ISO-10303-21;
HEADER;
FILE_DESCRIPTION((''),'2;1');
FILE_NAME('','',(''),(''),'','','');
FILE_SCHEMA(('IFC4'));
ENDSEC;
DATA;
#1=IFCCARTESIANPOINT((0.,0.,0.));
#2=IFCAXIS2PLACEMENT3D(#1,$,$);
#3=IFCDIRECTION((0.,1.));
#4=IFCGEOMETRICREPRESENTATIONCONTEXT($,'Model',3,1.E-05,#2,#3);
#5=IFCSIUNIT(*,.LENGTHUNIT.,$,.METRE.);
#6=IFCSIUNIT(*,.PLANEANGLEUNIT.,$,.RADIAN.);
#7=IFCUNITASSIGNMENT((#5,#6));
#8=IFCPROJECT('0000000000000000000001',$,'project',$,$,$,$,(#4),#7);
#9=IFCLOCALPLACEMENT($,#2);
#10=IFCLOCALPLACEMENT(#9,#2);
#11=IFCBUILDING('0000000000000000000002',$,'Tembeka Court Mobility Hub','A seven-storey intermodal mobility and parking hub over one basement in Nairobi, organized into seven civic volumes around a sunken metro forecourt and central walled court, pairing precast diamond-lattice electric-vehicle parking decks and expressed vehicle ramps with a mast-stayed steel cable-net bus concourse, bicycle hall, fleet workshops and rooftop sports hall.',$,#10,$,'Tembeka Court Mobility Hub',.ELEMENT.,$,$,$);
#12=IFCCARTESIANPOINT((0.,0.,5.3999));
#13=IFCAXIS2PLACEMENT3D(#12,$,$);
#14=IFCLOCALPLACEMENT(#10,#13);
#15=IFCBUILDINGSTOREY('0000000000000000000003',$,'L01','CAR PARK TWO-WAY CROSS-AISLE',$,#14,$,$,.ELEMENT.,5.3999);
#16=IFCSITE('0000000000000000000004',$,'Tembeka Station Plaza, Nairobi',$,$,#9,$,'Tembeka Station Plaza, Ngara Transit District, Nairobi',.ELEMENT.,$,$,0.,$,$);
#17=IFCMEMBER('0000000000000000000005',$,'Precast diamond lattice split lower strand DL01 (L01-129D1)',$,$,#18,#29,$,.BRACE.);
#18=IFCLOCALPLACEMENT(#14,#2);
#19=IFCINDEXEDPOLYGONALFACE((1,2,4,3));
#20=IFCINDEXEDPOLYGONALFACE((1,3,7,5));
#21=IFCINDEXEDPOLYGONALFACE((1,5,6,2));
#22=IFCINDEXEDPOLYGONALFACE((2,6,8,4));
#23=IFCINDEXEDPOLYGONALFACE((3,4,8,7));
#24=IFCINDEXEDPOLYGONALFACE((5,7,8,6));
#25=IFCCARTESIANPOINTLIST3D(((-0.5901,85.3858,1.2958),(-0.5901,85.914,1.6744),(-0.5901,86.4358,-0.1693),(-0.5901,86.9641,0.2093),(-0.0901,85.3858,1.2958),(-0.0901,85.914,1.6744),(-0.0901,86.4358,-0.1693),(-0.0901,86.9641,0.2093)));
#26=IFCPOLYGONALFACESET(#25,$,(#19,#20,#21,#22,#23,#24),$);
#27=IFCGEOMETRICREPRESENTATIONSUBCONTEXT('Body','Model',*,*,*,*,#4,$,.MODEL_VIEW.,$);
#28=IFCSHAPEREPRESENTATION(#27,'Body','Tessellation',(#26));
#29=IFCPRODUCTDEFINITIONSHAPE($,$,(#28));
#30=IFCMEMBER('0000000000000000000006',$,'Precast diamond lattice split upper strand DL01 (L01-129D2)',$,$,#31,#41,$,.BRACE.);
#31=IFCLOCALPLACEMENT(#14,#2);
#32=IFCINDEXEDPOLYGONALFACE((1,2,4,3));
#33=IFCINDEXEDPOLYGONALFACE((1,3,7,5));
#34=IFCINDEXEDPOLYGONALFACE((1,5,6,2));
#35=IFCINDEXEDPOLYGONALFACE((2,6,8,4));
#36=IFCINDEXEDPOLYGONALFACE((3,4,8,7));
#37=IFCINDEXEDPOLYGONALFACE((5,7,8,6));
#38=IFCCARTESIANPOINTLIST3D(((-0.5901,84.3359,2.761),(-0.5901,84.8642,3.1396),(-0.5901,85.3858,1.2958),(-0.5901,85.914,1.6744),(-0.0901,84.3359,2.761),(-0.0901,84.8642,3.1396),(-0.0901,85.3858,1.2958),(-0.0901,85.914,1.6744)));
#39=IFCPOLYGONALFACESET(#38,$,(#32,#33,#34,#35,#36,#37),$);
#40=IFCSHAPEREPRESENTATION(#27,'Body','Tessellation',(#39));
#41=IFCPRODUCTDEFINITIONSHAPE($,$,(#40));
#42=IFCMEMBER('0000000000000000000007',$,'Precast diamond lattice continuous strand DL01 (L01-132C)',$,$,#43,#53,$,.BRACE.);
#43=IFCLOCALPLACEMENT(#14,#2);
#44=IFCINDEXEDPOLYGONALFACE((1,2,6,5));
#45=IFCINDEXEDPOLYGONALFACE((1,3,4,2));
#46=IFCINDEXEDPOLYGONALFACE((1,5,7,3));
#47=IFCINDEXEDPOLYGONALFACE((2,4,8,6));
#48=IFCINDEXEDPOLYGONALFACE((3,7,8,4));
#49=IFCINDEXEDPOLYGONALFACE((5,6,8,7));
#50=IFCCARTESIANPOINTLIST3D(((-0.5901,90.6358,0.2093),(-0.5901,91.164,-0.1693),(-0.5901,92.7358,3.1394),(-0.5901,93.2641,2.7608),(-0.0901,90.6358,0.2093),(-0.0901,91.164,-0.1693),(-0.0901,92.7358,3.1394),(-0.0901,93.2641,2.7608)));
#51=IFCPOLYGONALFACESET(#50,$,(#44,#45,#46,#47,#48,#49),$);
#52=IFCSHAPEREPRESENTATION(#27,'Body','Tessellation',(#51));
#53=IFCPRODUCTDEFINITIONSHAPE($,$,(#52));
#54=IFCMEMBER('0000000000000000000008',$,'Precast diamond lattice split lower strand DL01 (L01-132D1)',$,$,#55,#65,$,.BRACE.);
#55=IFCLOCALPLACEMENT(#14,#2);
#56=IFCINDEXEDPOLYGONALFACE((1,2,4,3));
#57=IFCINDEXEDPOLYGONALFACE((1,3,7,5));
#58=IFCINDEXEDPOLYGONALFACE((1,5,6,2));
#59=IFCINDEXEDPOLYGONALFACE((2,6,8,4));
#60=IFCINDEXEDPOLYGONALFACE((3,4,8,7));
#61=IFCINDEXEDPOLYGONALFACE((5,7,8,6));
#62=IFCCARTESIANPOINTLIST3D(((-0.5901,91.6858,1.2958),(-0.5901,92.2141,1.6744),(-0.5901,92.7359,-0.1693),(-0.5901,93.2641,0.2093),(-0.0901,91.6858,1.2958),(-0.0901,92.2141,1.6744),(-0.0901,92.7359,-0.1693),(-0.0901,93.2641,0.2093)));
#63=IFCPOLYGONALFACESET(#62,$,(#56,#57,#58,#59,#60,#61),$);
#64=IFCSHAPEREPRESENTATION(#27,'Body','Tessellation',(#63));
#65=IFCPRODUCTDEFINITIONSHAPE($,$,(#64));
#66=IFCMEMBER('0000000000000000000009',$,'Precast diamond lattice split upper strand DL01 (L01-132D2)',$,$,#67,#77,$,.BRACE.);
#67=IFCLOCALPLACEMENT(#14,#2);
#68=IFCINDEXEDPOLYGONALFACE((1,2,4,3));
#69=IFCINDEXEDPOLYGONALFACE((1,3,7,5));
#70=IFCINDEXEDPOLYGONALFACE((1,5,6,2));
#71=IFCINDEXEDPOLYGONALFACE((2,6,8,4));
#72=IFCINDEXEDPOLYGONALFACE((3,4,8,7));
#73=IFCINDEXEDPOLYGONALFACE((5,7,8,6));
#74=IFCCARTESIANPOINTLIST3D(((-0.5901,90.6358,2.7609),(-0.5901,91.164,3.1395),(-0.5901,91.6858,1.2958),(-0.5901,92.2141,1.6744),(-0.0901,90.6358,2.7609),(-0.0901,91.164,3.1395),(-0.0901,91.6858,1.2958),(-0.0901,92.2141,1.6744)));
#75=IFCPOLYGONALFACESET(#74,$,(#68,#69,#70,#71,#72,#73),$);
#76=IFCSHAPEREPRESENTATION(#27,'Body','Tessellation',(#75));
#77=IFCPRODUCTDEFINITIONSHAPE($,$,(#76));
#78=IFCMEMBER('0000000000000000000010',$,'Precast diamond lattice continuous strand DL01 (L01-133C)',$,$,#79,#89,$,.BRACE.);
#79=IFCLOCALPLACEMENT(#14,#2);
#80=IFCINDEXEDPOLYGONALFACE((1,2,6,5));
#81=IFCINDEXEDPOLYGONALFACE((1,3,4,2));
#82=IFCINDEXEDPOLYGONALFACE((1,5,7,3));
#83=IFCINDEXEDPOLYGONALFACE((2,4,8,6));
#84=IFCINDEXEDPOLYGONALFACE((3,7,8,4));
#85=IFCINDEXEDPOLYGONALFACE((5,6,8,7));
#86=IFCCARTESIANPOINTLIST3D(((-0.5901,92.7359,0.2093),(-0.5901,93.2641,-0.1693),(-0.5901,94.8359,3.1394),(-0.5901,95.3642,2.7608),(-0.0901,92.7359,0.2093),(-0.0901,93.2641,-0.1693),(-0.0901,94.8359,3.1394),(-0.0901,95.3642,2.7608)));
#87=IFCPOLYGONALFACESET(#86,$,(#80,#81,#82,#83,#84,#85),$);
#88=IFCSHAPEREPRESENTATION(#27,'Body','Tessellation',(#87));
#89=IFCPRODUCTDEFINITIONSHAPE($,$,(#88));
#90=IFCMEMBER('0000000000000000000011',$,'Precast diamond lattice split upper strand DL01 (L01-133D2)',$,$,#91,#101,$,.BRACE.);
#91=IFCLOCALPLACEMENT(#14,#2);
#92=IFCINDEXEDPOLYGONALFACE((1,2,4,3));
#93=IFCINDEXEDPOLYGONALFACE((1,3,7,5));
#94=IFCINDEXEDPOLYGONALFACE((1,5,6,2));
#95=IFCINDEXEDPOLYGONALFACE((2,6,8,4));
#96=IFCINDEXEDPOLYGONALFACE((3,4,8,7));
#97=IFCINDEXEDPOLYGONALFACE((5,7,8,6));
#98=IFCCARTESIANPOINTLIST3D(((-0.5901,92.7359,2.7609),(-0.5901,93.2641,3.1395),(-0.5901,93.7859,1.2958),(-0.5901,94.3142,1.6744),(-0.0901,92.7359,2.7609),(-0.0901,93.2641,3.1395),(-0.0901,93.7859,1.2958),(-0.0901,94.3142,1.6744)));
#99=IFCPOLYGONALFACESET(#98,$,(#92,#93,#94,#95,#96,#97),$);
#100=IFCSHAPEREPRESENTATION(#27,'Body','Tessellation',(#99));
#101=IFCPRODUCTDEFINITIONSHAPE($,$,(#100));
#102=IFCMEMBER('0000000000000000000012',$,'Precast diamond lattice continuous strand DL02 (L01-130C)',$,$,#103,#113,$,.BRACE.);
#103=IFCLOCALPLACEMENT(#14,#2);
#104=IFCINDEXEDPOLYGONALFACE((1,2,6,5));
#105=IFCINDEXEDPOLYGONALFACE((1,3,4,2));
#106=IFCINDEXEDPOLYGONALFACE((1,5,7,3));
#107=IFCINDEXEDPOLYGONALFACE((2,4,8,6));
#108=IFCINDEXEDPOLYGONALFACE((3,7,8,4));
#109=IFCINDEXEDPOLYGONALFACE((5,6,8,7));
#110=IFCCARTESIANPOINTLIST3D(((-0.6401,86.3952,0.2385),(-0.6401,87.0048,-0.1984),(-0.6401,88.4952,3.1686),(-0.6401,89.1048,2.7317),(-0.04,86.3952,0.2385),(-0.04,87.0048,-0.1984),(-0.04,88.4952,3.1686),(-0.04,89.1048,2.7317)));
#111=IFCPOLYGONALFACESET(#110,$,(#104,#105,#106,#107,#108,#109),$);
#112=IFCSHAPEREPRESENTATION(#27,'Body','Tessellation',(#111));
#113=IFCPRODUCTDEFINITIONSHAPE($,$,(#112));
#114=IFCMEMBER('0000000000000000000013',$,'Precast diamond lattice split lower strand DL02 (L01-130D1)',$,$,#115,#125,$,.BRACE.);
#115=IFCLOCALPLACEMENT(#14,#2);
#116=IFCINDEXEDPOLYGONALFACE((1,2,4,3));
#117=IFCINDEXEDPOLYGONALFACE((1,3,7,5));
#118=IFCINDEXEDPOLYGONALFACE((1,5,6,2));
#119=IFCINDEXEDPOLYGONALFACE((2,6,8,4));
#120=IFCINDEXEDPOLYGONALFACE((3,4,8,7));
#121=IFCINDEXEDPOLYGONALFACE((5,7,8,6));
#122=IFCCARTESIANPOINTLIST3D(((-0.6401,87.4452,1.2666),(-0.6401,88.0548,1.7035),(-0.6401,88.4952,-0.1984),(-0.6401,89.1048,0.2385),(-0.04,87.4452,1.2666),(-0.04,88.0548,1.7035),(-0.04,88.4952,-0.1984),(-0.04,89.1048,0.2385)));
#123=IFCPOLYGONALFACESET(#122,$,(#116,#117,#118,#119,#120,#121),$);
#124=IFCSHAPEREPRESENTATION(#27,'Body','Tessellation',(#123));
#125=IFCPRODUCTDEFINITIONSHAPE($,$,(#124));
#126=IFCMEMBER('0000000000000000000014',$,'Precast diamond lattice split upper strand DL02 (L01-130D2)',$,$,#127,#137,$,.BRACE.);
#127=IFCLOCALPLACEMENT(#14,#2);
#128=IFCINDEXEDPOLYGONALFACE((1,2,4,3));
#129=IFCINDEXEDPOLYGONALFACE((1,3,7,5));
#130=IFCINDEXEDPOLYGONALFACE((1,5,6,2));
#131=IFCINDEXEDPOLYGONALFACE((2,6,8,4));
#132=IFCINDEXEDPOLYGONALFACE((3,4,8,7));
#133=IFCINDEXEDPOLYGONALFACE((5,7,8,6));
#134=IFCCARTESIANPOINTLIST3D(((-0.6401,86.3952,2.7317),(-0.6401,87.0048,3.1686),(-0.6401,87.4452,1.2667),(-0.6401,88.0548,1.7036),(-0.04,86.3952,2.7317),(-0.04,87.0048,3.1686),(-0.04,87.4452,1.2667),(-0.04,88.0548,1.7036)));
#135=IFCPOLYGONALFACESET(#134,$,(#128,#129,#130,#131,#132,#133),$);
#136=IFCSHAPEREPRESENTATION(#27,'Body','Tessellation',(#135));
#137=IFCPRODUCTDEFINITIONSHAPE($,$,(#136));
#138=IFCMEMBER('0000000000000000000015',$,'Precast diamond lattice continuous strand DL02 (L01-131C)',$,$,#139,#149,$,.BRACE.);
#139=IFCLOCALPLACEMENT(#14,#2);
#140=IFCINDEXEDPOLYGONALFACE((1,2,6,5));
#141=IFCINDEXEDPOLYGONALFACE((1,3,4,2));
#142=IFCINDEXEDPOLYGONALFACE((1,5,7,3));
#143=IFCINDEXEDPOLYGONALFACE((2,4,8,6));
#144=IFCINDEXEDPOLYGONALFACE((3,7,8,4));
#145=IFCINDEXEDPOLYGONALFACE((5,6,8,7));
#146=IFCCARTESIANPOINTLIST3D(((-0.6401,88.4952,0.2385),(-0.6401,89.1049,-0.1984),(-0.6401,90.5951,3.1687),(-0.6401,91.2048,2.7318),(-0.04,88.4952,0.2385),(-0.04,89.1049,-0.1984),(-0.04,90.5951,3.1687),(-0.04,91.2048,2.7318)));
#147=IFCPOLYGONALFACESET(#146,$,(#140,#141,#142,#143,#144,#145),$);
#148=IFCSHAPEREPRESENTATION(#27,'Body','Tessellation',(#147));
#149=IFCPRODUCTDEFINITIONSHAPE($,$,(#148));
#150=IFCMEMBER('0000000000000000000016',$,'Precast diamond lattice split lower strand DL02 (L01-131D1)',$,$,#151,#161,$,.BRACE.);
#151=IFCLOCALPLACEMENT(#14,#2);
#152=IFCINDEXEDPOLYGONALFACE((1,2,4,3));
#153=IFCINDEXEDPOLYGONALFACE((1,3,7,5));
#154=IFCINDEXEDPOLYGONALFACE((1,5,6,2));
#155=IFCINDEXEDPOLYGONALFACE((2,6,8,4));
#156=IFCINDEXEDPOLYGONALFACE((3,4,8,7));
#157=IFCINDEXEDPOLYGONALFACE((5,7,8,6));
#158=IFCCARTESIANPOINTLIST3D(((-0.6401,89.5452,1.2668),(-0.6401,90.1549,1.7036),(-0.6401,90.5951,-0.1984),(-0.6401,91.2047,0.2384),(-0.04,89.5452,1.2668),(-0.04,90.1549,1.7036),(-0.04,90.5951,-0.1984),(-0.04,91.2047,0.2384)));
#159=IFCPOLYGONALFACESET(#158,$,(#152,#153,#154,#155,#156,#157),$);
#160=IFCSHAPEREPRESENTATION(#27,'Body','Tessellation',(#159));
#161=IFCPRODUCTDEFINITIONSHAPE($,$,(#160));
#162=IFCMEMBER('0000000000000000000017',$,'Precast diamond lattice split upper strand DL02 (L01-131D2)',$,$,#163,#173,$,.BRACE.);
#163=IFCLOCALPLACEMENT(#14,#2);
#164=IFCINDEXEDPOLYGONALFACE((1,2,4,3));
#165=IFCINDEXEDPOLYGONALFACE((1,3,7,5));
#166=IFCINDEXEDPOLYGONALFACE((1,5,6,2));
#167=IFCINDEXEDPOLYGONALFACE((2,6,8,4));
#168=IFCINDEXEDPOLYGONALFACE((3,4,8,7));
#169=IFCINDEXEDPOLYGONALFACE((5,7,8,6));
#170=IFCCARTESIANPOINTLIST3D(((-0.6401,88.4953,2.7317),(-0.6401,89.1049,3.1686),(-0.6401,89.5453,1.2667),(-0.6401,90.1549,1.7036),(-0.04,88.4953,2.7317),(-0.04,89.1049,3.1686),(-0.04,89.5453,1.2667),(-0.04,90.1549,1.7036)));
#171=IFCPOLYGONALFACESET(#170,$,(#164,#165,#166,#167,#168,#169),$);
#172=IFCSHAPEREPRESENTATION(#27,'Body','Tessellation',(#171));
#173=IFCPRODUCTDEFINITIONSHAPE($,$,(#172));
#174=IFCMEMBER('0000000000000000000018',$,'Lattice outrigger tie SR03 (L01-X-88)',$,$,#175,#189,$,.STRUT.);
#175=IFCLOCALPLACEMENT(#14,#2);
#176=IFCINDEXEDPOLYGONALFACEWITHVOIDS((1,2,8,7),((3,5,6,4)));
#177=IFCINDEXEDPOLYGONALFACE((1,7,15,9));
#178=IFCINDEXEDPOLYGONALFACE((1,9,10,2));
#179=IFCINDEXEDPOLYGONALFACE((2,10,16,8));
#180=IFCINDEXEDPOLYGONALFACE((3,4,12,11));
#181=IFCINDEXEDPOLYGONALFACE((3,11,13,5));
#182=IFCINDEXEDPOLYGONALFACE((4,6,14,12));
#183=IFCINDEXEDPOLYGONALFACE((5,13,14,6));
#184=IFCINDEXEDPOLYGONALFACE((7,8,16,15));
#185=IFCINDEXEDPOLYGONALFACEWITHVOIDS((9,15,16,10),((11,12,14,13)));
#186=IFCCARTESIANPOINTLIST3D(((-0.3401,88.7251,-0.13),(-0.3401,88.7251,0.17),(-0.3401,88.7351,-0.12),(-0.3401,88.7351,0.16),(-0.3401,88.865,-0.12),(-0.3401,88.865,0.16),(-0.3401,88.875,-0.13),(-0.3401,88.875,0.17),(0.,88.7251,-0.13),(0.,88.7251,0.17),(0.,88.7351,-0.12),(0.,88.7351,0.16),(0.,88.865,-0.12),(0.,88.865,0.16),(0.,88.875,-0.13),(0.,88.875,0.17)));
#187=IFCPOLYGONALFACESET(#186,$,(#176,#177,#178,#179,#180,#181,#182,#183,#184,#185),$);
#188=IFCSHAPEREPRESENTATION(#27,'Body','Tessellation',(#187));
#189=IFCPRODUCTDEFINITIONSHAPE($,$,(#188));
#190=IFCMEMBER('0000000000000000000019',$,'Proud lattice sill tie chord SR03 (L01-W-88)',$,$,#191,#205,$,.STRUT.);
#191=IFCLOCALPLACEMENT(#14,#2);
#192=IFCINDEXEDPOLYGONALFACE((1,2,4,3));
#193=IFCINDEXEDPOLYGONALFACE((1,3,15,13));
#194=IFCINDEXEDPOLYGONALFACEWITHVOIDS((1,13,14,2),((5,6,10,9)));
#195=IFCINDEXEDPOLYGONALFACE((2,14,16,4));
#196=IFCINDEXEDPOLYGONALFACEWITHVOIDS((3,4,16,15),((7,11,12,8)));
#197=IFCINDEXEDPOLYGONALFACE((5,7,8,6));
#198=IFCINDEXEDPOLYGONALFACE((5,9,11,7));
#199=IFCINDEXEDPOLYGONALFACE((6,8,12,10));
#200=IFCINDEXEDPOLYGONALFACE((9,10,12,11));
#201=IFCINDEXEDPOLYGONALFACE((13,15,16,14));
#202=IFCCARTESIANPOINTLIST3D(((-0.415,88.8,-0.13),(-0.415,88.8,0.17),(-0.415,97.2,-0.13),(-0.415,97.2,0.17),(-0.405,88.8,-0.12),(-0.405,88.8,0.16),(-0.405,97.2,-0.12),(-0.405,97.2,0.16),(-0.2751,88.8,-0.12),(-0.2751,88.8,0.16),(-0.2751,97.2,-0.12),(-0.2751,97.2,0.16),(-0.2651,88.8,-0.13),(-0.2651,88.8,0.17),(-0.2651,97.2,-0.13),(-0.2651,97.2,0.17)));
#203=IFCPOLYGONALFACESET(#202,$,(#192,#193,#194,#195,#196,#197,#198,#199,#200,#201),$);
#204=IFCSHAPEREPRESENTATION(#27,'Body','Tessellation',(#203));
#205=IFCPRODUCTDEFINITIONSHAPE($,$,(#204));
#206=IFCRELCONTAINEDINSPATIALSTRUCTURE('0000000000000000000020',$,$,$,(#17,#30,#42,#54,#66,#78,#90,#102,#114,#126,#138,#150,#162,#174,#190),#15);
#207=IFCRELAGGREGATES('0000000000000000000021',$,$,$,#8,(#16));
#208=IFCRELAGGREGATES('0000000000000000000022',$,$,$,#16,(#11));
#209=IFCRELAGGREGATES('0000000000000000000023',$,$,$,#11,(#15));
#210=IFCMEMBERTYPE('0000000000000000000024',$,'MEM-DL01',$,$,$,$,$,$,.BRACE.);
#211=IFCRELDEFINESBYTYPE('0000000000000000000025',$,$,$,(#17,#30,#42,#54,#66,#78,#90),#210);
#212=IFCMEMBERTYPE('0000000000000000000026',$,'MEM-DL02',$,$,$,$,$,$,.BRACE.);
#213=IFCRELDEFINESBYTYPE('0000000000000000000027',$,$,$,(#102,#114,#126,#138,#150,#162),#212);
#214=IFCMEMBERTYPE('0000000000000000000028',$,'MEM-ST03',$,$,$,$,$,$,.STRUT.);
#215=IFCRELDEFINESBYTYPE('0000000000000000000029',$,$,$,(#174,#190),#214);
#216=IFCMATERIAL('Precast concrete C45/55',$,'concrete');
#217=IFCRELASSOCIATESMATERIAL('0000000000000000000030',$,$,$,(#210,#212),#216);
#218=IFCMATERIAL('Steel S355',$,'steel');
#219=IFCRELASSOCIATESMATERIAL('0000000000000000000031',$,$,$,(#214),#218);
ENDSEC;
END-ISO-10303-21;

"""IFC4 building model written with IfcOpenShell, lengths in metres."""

from ifc_helpers import new_model, si_unit, direction, frame, origin, origin_2d, place, context, subcontext, project, spatial, rectangle, hollow_rectangle, extrude, material, material_profile, profile_set, type_object, element, save


model = new_model("IFC4")

# Units and contexts
model_context = context("Model", 3, precision=1e-05, world=origin(), true_north=direction((0.0, 1.0)))
body_context = subcontext(model_context, "Body", "Model", "MODEL_VIEW")
ifc_project = project(units=[si_unit("LENGTHUNIT", "METRE"), si_unit("PLANEANGLEUNIT", "RADIAN")], contexts=[model_context])

# Site, building, storey
site_placement = place(None, origin())
site = spatial("IfcSite", under=ifc_project, at=site_placement, Name="Tembeka Station Plaza, Nairobi", LongName="Tembeka Station Plaza, Ngara Transit District, Nairobi", CompositionType="ELEMENT", RefElevation=0.0)
building_placement = place(site_placement, origin())
building = spatial("IfcBuilding", under=site, at=building_placement, Name="Tembeka Court Mobility Hub", Description="A seven-storey intermodal mobility and parking hub over one basement in Nairobi, organized into seven civic volumes around a sunken metro forecourt and central walled court, pairing precast diamond-lattice electric-vehicle parking decks and expressed vehicle ramps with a mast-stayed steel cable-net bus concourse, bicycle hall, fleet workshops and rooftop sports hall.", LongName="Tembeka Court Mobility Hub", CompositionType="ELEMENT")
storey_placement = place(building_placement, frame((0.0, 0.0, 5.3999)))
storey = spatial("IfcBuildingStorey", under=building, at=storey_placement, Name="L01", Description="CAR PARK TWO-WAY CROSS-AISLE", CompositionType="ELEMENT", Elevation=5.3999)

# Shared definitions
ifc_material_1 = material(Name="Steel S355", Category="steel")

# Members
ifc_material_2 = material(Name="Precast concrete C45/55", Category="concrete")
ifc_material_profile_1 = material_profile(ifc_material_2, rectangle(XDim=0.5, YDim=0.6499, at=origin_2d()), Name="PC-DIAG 500x650")
ifc_profile_set_1 = profile_set([ifc_material_profile_1], Name="Precast concrete C45/55")
member_type_1 = type_object("IfcMemberType", Name="MEM-DL01", PredefinedType="BRACE", material=ifc_profile_set_1)
for number, where, z_axis, x_axis, name in (
    (1, (-0.3401, 86.7, 0.02), (0.0, -0.582544, 0.812799), (1.0, 0.0, 0.0), "Precast diamond lattice split lower strand DL01 (L01-129D1)"),
    (2, (-0.3401, 85.6499, 1.4851), (0.0, -0.582455, 0.812863), (1.0, 0.0, 0.0), "Precast diamond lattice split upper strand DL01 (L01-129D2)"),
):
    element("IfcMember", number, at=place(storey_placement, frame(where, z_axis=z_axis, x_axis=x_axis)), inside=storey, type_object=member_type_1, Name=name, PredefinedType="BRACE", context=body_context, shape_type="SweptSolid", body=[
        extrude(rectangle(XDim=0.5, YDim=0.6499, at=origin_2d()), origin(), (0.0, 0.0, 1.0), 1.8025),
    ])
member_1_placement = place(storey_placement, frame((-0.3401, 90.8999, 0.02), z_axis=(0.0, 0.582544, 0.812799), x_axis=(-1.0, 0.0, 0.0)))
element("IfcMember", 3, at=member_1_placement, inside=storey, type_object=member_type_1, Name="Precast diamond lattice continuous strand DL01 (L01-132C)", PredefinedType="BRACE", context=body_context, shape_type="SweptSolid", body=[
    extrude(rectangle(XDim=0.5, YDim=0.6499, at=origin_2d()), origin(), (0.0, 0.0, 1.0), 3.605),
])
for number, where, z_axis, x_axis, name in (
    (4, (-0.3401, 93.0, 0.02), (0.0, -0.582544, 0.812799), (1.0, 0.0, 0.0), "Precast diamond lattice split lower strand DL01 (L01-132D1)"),
    (5, (-0.3401, 91.95, 1.4851), (0.0, -0.582544, 0.812799), (1.0, 0.0, 0.0), "Precast diamond lattice split upper strand DL01 (L01-132D2)"),
):
    element("IfcMember", number, at=place(storey_placement, frame(where, z_axis=z_axis, x_axis=x_axis)), inside=storey, type_object=member_type_1, Name=name, PredefinedType="BRACE", context=body_context, shape_type="SweptSolid", body=[
        extrude(rectangle(XDim=0.5, YDim=0.6499, at=origin_2d()), origin(), (0.0, 0.0, 1.0), 1.8025),
    ])
member_2_placement = place(storey_placement, frame((-0.3401, 93.0, 0.02), z_axis=(0.0, 0.582544, 0.812799), x_axis=(-1.0, 0.0, 0.0)))
element("IfcMember", 6, at=member_2_placement, inside=storey, type_object=member_type_1, Name="Precast diamond lattice continuous strand DL01 (L01-133C)", PredefinedType="BRACE", context=body_context, shape_type="SweptSolid", body=[
    extrude(rectangle(XDim=0.5, YDim=0.6499, at=origin_2d()), origin(), (0.0, 0.0, 1.0), 3.605),
])
member_3_placement = place(storey_placement, frame((-0.3401, 94.05, 1.4851), z_axis=(0.0, -0.582544, 0.812799), x_axis=(1.0, 0.0, 0.0)))
element("IfcMember", 7, at=member_3_placement, inside=storey, type_object=member_type_1, Name="Precast diamond lattice split upper strand DL01 (L01-133D2)", PredefinedType="BRACE", context=body_context, shape_type="SweptSolid", body=[
    extrude(rectangle(XDim=0.5, YDim=0.6499, at=origin_2d()), origin(), (0.0, 0.0, 1.0), 1.8025),
])
ifc_material_profile_2 = material_profile(ifc_material_2, rectangle(XDim=0.6001, YDim=0.75, at=origin_2d()), Name="PC-DIAG 600x750")
ifc_profile_set_2 = profile_set([ifc_material_profile_2], Name="Precast concrete C45/55")
member_type_2 = type_object("IfcMemberType", Name="MEM-DL02", PredefinedType="BRACE", material=ifc_profile_set_2)
member_4_placement = place(storey_placement, frame((-0.3401, 86.7, 0.02), z_axis=(0.0, 0.582544, 0.812799), x_axis=(-1.0, 0.0, 0.0)))
element("IfcMember", 8, at=member_4_placement, inside=storey, type_object=member_type_2, Name="Precast diamond lattice continuous strand DL02 (L01-130C)", PredefinedType="BRACE", context=body_context, shape_type="SweptSolid", body=[
    extrude(rectangle(XDim=0.6001, YDim=0.75, at=origin_2d()), origin(), (0.0, 0.0, 1.0), 3.605),
])
for number, where, z_axis, x_axis, name in (
    (9, (-0.3401, 88.8, 0.02), (0.0, -0.582544, 0.812799), (1.0, 0.0, 0.0), "Precast diamond lattice split lower strand DL02 (L01-130D1)"),
    (10, (-0.3401, 87.75, 1.4851), (0.0, -0.582544, 0.812799), (1.0, 0.0, 0.0), "Precast diamond lattice split upper strand DL02 (L01-130D2)"),
):
    element("IfcMember", number, at=place(storey_placement, frame(where, z_axis=z_axis, x_axis=x_axis)), inside=storey, type_object=member_type_2, Name=name, PredefinedType="BRACE", context=body_context, shape_type="SweptSolid", body=[
        extrude(rectangle(XDim=0.6001, YDim=0.75, at=origin_2d()), origin(), (0.0, 0.0, 1.0), 1.8025),
    ])
member_5_placement = place(storey_placement, frame((-0.3401, 88.8, 0.02), z_axis=(0.0, 0.5825, 0.812831), x_axis=(-1.0, 0.0, 0.0)))
element("IfcMember", 11, at=member_5_placement, inside=storey, type_object=member_type_2, Name="Precast diamond lattice continuous strand DL02 (L01-131C)", PredefinedType="BRACE", context=body_context, shape_type="SweptSolid", body=[
    extrude(rectangle(XDim=0.6001, YDim=0.75, at=origin_2d()), origin(), (0.0, 0.0, 1.0), 3.605),
])
for number, where, z_axis, x_axis, name in (
    (12, (-0.3401, 90.8999, 0.02), (0.0, -0.582455, 0.812863), (1.0, 0.0, 0.0), "Precast diamond lattice split lower strand DL02 (L01-131D1)"),
    (13, (-0.3401, 89.8501, 1.4851), (0.0, -0.582544, 0.812799), (1.0, 0.0, 0.0), "Precast diamond lattice split upper strand DL02 (L01-131D2)"),
):
    element("IfcMember", number, at=place(storey_placement, frame(where, z_axis=z_axis, x_axis=x_axis)), inside=storey, type_object=member_type_2, Name=name, PredefinedType="BRACE", context=body_context, shape_type="SweptSolid", body=[
        extrude(rectangle(XDim=0.6001, YDim=0.75, at=origin_2d()), origin(), (0.0, 0.0, 1.0), 1.8025),
    ])
ifc_material_profile_3 = material_profile(ifc_material_1, hollow_rectangle(XDim=0.1499, YDim=0.3, WallThickness=0.01, at=origin_2d()), Name="RHS 300x150x10")
ifc_profile_set_3 = profile_set([ifc_material_profile_3], Name="Steel S355")
member_type_3 = type_object("IfcMemberType", Name="MEM-ST03", PredefinedType="STRUT", material=ifc_profile_set_3)
member_6_placement = place(storey_placement, frame((0.0, 88.8, 0.02), z_axis=(-1.0, 0.0, 0.0), x_axis=(0.0, -1.0, 0.0)))
element("IfcMember", 14, at=member_6_placement, inside=storey, type_object=member_type_3, Name="Lattice outrigger tie SR03 (L01-X-88)", PredefinedType="STRUT", context=body_context, shape_type="SweptSolid", body=[
    extrude(hollow_rectangle(XDim=0.1499, YDim=0.3, WallThickness=0.01, at=origin_2d()), origin(), (0.0, 0.0, 1.0), 0.3401),
])
member_7_placement = place(storey_placement, frame((-0.3401, 88.8, 0.02), z_axis=(0.0, 1.0, 0.0), x_axis=(-1.0, 0.0, 0.0)))
element("IfcMember", 15, at=member_7_placement, inside=storey, type_object=member_type_3, Name="Proud lattice sill tie chord SR03 (L01-W-88)", PredefinedType="STRUT", context=body_context, shape_type="SweptSolid", body=[
    extrude(hollow_rectangle(XDim=0.1499, YDim=0.3, WallThickness=0.01, at=origin_2d()), origin(), (0.0, 0.0, 1.0), 8.3999),
])

save(model, "model.ifc")
